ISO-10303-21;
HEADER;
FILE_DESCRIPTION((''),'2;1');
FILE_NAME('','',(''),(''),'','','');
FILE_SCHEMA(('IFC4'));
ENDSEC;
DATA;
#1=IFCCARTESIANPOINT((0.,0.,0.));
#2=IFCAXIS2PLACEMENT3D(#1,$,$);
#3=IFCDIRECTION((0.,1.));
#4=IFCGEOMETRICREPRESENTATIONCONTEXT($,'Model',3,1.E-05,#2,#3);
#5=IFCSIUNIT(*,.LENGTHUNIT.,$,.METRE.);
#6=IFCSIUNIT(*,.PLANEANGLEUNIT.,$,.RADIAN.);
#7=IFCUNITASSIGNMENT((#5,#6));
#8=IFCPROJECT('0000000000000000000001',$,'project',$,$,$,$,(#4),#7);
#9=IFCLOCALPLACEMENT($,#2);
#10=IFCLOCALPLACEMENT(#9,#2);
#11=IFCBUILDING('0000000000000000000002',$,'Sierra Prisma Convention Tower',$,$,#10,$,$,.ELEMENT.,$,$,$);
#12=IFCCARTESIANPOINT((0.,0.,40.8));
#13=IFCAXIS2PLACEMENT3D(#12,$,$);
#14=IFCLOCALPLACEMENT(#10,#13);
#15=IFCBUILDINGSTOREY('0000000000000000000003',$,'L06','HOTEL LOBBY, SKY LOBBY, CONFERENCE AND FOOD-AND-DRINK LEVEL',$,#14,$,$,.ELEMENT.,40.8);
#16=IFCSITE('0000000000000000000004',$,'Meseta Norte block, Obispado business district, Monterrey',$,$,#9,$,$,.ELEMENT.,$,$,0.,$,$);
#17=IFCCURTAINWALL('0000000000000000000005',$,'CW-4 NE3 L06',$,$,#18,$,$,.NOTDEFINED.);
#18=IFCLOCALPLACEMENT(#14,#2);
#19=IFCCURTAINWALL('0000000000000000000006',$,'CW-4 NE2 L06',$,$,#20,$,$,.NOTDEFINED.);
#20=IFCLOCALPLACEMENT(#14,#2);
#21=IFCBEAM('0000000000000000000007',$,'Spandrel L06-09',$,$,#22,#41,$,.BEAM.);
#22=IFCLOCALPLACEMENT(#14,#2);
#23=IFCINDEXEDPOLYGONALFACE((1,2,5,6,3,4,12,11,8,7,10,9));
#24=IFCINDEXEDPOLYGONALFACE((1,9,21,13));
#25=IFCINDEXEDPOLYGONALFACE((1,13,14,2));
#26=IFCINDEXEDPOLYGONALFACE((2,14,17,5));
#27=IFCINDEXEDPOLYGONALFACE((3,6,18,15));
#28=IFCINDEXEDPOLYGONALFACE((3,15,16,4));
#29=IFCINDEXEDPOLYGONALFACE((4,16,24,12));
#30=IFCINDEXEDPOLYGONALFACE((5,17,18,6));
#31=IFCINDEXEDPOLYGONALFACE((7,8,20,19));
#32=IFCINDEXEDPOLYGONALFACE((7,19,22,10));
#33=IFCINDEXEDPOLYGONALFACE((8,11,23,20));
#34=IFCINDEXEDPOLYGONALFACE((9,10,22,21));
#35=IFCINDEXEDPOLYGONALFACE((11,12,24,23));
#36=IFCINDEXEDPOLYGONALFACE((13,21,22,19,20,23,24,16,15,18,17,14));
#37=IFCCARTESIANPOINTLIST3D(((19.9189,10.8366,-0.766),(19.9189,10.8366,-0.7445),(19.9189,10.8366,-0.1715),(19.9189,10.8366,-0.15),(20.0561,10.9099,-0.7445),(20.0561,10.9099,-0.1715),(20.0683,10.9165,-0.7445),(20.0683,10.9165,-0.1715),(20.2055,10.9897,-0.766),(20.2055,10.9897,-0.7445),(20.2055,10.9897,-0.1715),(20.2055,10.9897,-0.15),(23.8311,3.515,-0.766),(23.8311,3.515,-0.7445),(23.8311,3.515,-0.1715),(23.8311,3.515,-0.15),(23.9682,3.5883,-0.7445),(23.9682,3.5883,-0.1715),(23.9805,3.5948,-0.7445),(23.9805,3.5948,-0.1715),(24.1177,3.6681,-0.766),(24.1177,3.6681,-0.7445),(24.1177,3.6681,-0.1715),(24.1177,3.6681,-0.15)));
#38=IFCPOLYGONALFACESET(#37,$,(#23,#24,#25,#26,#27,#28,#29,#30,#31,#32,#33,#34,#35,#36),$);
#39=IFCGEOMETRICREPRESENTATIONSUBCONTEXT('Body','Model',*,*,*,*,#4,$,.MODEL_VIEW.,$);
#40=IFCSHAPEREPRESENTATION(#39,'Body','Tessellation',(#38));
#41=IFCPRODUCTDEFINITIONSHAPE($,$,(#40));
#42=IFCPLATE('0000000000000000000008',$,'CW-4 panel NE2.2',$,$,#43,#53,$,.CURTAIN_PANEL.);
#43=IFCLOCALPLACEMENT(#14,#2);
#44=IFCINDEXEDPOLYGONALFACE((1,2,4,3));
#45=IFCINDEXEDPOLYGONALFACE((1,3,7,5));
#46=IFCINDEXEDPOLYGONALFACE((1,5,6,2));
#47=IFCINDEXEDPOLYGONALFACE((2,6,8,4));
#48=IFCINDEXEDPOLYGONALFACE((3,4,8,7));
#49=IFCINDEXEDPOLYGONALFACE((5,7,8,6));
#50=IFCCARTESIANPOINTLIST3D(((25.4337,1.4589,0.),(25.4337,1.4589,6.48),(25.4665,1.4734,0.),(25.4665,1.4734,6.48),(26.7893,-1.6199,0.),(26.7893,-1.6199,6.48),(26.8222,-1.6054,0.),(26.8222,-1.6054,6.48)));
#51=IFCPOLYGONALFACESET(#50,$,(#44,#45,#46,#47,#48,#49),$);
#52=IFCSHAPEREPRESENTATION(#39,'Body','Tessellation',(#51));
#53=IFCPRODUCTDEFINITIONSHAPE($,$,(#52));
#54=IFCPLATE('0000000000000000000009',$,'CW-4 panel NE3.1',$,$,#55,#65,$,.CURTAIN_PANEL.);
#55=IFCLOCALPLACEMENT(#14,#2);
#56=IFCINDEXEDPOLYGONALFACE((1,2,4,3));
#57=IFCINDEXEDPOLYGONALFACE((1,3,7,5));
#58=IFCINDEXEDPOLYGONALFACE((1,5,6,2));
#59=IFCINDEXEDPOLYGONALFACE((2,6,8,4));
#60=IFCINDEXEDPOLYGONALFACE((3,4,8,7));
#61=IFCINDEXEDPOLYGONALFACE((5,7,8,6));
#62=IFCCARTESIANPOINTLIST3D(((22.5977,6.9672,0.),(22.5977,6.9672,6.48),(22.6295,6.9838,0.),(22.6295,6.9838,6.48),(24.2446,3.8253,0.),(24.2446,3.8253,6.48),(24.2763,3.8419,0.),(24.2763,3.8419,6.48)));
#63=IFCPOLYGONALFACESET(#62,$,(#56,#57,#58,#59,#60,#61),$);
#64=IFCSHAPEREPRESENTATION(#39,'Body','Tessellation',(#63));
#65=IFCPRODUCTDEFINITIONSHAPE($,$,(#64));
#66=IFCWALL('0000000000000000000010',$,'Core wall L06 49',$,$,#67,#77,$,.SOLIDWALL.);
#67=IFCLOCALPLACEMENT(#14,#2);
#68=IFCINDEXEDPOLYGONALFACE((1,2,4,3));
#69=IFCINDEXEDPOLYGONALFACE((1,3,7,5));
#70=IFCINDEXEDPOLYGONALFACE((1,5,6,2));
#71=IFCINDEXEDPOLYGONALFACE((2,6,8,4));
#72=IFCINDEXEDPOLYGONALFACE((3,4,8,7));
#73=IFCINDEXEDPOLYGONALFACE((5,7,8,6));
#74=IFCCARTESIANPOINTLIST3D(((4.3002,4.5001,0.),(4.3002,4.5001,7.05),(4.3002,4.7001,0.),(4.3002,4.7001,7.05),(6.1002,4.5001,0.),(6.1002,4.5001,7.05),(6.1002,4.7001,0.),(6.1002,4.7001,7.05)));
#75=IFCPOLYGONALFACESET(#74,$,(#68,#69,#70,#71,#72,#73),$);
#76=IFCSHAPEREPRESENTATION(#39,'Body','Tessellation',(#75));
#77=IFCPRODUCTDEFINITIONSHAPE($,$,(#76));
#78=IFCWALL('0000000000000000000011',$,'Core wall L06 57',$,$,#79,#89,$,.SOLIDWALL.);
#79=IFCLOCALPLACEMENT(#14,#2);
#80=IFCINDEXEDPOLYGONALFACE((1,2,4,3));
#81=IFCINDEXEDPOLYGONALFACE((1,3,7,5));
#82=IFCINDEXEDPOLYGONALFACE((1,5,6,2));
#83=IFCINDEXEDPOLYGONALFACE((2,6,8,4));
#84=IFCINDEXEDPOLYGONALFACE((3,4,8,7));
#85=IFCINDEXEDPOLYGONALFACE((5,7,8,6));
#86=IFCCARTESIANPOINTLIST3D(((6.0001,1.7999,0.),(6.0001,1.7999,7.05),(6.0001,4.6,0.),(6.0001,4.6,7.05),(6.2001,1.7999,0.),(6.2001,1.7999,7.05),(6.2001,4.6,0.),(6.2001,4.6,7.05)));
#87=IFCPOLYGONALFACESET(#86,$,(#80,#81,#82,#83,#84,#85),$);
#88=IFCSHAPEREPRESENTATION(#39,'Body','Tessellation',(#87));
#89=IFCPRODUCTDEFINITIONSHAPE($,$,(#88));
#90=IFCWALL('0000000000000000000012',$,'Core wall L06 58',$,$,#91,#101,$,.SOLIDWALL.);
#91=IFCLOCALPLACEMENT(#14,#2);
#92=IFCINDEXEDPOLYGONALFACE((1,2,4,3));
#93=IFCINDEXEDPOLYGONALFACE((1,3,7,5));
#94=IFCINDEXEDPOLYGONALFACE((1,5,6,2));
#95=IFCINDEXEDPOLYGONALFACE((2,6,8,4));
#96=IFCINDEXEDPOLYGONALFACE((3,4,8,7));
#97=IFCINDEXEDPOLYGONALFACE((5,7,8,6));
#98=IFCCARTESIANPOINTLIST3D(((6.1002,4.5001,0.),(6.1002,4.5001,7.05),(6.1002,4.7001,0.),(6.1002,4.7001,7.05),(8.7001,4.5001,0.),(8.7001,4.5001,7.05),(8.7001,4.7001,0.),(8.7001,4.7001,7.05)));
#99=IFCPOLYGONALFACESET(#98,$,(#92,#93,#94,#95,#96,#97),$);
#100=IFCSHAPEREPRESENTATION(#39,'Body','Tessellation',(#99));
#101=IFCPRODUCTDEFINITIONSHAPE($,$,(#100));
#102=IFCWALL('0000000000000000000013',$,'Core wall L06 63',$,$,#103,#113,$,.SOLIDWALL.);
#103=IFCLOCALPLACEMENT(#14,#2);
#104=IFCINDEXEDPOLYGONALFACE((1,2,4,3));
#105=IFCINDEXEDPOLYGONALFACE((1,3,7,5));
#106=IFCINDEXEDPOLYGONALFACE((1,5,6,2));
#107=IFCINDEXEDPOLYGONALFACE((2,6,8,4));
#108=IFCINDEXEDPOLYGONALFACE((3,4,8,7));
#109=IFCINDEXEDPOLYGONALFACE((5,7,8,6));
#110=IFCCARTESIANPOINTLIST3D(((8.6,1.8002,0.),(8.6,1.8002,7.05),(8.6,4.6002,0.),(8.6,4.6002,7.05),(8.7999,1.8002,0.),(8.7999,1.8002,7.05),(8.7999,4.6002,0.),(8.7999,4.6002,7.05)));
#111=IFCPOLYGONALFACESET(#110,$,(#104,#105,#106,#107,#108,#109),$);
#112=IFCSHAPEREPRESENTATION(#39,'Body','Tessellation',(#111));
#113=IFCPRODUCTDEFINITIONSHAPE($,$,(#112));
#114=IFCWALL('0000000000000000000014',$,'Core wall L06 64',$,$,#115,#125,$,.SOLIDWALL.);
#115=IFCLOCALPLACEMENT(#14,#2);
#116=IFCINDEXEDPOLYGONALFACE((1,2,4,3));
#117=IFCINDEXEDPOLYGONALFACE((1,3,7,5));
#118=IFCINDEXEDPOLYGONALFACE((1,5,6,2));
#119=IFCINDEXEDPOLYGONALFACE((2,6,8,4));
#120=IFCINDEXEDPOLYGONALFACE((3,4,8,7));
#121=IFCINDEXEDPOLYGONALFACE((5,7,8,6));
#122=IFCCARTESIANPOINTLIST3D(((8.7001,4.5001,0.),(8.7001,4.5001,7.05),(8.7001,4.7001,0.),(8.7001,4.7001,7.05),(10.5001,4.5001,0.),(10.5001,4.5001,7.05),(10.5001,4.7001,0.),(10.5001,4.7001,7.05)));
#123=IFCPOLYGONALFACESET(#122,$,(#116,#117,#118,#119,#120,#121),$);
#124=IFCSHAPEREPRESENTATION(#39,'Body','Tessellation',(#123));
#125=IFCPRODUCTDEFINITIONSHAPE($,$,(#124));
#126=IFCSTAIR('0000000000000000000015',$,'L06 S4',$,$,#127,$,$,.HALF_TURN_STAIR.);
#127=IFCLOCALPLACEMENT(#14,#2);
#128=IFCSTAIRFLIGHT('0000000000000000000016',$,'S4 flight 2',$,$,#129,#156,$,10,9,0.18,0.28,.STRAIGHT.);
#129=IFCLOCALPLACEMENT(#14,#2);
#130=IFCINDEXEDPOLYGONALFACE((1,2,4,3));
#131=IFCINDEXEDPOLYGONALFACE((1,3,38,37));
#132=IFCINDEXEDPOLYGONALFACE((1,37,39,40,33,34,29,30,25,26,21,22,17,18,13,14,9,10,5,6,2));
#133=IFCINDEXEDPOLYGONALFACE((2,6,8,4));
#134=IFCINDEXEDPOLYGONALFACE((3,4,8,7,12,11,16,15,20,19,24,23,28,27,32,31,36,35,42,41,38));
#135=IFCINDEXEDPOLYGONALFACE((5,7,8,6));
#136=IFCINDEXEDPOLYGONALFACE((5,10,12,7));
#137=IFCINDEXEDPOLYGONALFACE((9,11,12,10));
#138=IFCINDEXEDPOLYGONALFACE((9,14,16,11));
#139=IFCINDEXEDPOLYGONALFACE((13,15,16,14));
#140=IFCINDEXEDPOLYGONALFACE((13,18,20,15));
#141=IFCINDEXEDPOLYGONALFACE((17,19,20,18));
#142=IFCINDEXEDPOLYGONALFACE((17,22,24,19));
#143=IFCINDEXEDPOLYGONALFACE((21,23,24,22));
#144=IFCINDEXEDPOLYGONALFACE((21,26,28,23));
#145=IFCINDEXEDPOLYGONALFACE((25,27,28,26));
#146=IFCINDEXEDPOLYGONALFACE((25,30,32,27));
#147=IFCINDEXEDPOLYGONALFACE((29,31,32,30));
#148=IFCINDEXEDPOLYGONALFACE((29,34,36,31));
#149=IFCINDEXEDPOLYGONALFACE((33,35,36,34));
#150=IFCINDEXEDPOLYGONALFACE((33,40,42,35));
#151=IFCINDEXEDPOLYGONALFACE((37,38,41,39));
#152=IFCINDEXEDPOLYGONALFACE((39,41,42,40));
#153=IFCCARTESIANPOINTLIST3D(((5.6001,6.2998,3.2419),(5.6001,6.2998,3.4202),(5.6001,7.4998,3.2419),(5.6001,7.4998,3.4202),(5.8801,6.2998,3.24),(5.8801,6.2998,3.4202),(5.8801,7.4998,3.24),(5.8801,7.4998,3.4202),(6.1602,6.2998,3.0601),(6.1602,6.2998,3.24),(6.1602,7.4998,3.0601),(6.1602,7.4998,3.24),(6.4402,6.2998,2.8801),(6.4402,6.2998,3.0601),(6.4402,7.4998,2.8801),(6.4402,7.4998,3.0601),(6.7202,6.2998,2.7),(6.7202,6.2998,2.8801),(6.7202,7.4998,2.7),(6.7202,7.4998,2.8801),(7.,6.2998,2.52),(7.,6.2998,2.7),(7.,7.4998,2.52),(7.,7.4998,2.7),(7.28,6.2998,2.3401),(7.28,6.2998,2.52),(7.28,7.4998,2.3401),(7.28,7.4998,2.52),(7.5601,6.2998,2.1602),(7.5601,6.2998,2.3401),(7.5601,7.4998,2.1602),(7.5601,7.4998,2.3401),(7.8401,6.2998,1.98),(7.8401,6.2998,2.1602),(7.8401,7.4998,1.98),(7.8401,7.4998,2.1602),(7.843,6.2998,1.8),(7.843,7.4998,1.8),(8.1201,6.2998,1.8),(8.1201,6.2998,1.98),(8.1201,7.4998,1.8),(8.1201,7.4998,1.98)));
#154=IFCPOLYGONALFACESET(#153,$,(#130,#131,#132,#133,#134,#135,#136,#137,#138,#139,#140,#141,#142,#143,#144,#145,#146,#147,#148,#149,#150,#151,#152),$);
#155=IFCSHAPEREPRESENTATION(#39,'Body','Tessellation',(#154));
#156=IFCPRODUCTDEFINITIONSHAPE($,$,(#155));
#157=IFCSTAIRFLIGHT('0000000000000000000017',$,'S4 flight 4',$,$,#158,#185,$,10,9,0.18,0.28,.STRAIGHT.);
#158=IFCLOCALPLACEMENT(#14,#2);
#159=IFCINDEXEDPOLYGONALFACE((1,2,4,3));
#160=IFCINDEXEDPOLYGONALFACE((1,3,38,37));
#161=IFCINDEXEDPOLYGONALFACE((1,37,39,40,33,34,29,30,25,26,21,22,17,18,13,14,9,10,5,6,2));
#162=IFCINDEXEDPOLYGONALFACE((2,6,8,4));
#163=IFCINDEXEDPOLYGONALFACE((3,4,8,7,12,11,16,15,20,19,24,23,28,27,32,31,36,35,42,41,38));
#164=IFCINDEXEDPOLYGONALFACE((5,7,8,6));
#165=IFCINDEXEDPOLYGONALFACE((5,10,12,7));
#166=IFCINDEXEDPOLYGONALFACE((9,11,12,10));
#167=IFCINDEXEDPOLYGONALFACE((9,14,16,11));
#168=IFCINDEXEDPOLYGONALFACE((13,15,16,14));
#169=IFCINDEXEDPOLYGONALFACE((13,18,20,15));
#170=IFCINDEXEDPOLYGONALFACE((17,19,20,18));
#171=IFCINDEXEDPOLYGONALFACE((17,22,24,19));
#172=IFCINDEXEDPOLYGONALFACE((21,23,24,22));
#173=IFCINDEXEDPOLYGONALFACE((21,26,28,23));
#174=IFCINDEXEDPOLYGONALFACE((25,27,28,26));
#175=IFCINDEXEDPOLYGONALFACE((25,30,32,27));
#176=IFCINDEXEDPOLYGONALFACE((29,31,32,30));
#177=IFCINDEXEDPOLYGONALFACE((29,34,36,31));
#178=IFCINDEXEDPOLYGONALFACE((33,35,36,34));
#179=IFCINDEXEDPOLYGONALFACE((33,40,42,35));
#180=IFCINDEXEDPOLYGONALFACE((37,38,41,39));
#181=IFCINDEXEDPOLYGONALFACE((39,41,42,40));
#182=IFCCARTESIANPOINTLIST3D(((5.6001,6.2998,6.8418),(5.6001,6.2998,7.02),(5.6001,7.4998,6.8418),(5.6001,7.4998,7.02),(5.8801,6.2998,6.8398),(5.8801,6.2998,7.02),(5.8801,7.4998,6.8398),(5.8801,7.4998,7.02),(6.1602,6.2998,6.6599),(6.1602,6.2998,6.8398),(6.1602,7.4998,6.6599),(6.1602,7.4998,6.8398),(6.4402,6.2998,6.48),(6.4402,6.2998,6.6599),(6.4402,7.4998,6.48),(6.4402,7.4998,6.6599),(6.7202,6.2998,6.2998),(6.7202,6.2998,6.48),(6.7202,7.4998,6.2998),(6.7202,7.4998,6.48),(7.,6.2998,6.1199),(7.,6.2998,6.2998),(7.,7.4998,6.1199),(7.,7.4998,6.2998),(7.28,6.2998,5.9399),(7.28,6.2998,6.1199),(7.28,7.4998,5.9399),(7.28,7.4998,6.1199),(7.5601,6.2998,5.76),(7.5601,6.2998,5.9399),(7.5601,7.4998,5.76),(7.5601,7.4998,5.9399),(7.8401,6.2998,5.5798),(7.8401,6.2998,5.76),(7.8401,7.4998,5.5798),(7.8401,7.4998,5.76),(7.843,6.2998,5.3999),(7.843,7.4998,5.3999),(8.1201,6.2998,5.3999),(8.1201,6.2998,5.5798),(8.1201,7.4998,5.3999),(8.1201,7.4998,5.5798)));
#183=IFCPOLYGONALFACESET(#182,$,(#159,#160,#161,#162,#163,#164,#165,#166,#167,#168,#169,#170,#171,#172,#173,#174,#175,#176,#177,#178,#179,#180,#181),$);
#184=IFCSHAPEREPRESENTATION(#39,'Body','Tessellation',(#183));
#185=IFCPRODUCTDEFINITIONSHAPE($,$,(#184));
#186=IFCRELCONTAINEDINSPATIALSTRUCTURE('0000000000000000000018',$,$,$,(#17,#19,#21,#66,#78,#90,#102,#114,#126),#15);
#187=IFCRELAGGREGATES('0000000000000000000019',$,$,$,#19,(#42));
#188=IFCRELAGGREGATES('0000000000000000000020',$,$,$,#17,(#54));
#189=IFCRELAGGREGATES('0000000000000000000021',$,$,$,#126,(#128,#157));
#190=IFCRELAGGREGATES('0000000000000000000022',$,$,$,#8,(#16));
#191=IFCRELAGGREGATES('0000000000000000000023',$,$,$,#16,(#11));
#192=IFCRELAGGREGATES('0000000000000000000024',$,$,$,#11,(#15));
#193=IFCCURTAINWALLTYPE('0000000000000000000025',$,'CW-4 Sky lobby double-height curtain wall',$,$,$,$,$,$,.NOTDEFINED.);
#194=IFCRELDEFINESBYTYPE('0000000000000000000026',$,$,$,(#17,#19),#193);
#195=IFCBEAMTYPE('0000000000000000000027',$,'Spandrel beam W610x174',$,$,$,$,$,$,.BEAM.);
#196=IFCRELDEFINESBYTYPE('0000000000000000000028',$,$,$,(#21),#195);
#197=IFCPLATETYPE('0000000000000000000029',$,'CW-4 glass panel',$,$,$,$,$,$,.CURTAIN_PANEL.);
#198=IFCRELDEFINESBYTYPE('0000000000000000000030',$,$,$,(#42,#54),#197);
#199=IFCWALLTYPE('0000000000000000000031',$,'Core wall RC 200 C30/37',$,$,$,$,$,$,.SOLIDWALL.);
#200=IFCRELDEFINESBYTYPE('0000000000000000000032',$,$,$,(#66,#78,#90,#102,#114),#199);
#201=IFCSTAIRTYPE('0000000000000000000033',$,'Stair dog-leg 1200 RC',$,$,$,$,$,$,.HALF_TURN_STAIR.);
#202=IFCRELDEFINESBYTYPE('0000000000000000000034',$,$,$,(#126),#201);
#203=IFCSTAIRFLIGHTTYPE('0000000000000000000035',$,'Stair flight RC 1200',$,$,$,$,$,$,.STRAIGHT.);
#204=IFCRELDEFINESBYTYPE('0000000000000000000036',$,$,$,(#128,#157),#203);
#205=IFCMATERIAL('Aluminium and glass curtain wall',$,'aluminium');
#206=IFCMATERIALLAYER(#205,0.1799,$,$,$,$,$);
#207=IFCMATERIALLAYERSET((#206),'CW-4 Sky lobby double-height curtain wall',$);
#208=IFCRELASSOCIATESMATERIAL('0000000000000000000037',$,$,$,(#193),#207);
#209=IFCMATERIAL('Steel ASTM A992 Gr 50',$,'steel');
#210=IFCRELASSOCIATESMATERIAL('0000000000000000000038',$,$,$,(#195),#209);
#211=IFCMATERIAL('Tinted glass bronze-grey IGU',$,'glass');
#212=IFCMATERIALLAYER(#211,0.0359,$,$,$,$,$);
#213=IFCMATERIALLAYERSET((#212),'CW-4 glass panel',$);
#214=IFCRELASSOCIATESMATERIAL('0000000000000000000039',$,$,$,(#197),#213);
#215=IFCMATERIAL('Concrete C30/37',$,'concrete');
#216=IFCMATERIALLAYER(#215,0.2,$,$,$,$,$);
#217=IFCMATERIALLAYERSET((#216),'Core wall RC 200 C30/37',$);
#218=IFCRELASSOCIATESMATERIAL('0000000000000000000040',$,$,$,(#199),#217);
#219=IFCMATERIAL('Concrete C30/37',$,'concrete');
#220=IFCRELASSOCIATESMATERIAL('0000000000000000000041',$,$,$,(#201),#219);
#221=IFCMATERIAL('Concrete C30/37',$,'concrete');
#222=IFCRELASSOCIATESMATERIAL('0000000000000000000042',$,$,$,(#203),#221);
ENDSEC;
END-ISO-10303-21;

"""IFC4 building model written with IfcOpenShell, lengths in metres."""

from ifc_helpers import new_model, si_unit, direction, frame, frame_2d, origin, origin_2d, place, context, subcontext, project, spatial, polyline, rectangle, i_section, outline, extrude, material, layer, layer_set, material_profile, profile_set, type_object, element, aggregate, save


model = new_model("IFC4")

# Units and contexts
model_context = context("Model", 3, precision=1e-05, world=origin(), true_north=direction((0.0, 1.0)))
body_context = subcontext(model_context, "Body", "Model", "MODEL_VIEW")
ifc_project = project(units=[si_unit("LENGTHUNIT", "METRE"), si_unit("PLANEANGLEUNIT", "RADIAN")], contexts=[model_context])

# Site, building, storey
site_placement = place(None, origin())
site = spatial("IfcSite", under=ifc_project, at=site_placement, Name="Meseta Norte block, Obispado business district, Monterrey", CompositionType="ELEMENT", RefElevation=0.0)
building_placement = place(site_placement, origin())
building = spatial("IfcBuilding", under=site, at=building_placement, Name="Sierra Prisma Convention Tower", CompositionType="ELEMENT")
storey_placement = place(building_placement, frame((0.0, 0.0, 40.8)))
storey = spatial("IfcBuildingStorey", under=building, at=storey_placement, Name="L06", Description="HOTEL LOBBY, SKY LOBBY, CONFERENCE AND FOOD-AND-DRINK LEVEL", CompositionType="ELEMENT", Elevation=40.8)

# Curtain walls
ifc_material_1 = material(Name="Aluminium and glass curtain wall", Category="aluminium")
ifc_layer_1 = layer(ifc_material_1, 0.1799)
ifc_layer_set_1 = layer_set([ifc_layer_1], Name="CW-4 Sky lobby double-height curtain wall")
curtain_wall_type = type_object("IfcCurtainWallType", Name="CW-4 Sky lobby double-height curtain wall", PredefinedType="NOTDEFINED", material=ifc_layer_set_1)
curtain_wall_1_placement = place(storey_placement, origin())
curtain_wall_1 = element("IfcCurtainWall", 1, at=curtain_wall_1_placement, inside=storey, type_object=curtain_wall_type, Name="CW-4 NE3 L06", PredefinedType="NOTDEFINED")
curtain_wall_2_placement = place(storey_placement, origin())
curtain_wall_2 = element("IfcCurtainWall", 2, at=curtain_wall_2_placement, inside=storey, type_object=curtain_wall_type, Name="CW-4 NE2 L06", PredefinedType="NOTDEFINED")

# Beam
ifc_material_2 = material(Name="Steel ASTM A992 Gr 50", Category="steel")
ifc_material_profile_1 = material_profile(ifc_material_2, i_section(OverallWidth=0.325, OverallDepth=0.616, WebThickness=0.0139, FlangeThickness=0.0215, at=origin_2d()), Name="W610x174")
ifc_profile_set_1 = profile_set([ifc_material_profile_1], Name="Steel ASTM A992 Gr 50")
beam_type_1 = type_object("IfcBeamType", Name="Spandrel beam W610x174", PredefinedType="BEAM", material=ifc_profile_set_1)
beam_1_placement = place(storey_placement, frame((23.9744, 3.5916, -0.458), z_axis=(-0.471272, 0.881988, 0.0), x_axis=(-0.881988, -0.471272, 0.0)))
element("IfcBeam", 3, at=beam_1_placement, inside=storey, type_object=beam_type_1, Name="Spandrel L06-09", PredefinedType="BEAM", context=body_context, shape_type="SweptSolid", body=[
    extrude(i_section(OverallWidth=0.325, OverallDepth=0.616, WebThickness=0.0139, FlangeThickness=0.0215, at=origin_2d()), origin(), (0.0, 0.0, 1.0), 8.3013),
])

# Plates
ifc_material_3 = material(Name="Tinted glass bronze-grey IGU", Category="glass")
ifc_layer_2 = layer(ifc_material_3, 0.0359)
ifc_layer_set_2 = layer_set([ifc_layer_2], Name="CW-4 glass panel")
plate_type = type_object("IfcPlateType", Name="CW-4 glass panel", PredefinedType="CURTAIN_PANEL", material=ifc_layer_set_2)
plate_1_placement = place(storey_placement, frame((26.1279, -0.0732, 0.0), z_axis=(0.0, 0.0, 1.0), x_axis=(-0.402984, 0.915207, 0.0)))
plate_1 = element("IfcPlate", 4, at=plate_1_placement, type_object=plate_type, Name="CW-4 panel NE2.2", PredefinedType="CURTAIN_PANEL", context=body_context, shape_type="SweptSolid", body=[
    extrude(rectangle(XDim=3.364, YDim=0.0359, at=origin_2d()), origin(), (0.0, 0.0, 1.0), 6.48),
])
aggregate(curtain_wall_2, [plate_1])
plate_2_placement = place(storey_placement, frame((23.437, 5.4045, 0.0), z_axis=(0.0, 0.0, 1.0), x_axis=(-0.464251, 0.885704, 0.0)))
plate_2 = element("IfcPlate", 5, at=plate_2_placement, type_object=plate_type, Name="CW-4 panel NE3.1", PredefinedType="CURTAIN_PANEL", context=body_context, shape_type="SweptSolid", body=[
    extrude(rectangle(XDim=3.5474, YDim=0.0359, at=origin_2d()), origin(), (0.0, 0.0, 1.0), 6.48),
])
aggregate(curtain_wall_1, [plate_2])

# Wall
ifc_material_4 = material(Name="Concrete C30/37", Category="concrete")
ifc_layer_3 = layer(ifc_material_4, 0.2)
ifc_layer_set_3 = layer_set([ifc_layer_3], Name="Core wall RC 200 C30/37")
wall_type = type_object("IfcWallType", Name="Core wall RC 200 C30/37", PredefinedType="SOLIDWALL", material=ifc_layer_set_3)
wall_1_placement = place(storey_placement, frame((6.1001, 4.6001, 0.0), z_axis=(0.0, 0.0, 1.0), x_axis=(-1.0, 0.0, 0.0)))
element("IfcWall", 6, at=wall_1_placement, inside=storey, type_object=wall_type, Name="Core wall L06 49", PredefinedType="SOLIDWALL", context=body_context, shape_type="SweptSolid", body=[
    extrude(rectangle(XDim=1.8, YDim=0.2, at=frame_2d((0.8999, 0.0))), origin(), (0.0, 0.0, 1.0), 7.05),
])

# Walls
wall_2_placement = place(storey_placement, frame((6.1001, 1.8, 0.0), z_axis=(0.0, 0.0, 1.0), x_axis=(0.0, 1.0, 0.0)))
element("IfcWall", 7, at=wall_2_placement, inside=storey, type_object=wall_type, Name="Core wall L06 57", PredefinedType="SOLIDWALL", context=body_context, shape_type="SweptSolid", body=[
    extrude(rectangle(XDim=2.8, YDim=0.2, at=frame_2d((1.3999, 0.0))), origin(), (0.0, 0.0, 1.0), 7.05),
])
wall_3_placement = place(storey_placement, frame((8.7, 4.6001, 0.0), z_axis=(0.0, 0.0, 1.0), x_axis=(-1.0, 0.0, 0.0)))
element("IfcWall", 8, at=wall_3_placement, inside=storey, type_object=wall_type, Name="Core wall L06 58", PredefinedType="SOLIDWALL", context=body_context, shape_type="SweptSolid", body=[
    extrude(rectangle(XDim=2.5999, YDim=0.2, at=frame_2d((1.2998, 0.0))), origin(), (0.0, 0.0, 1.0), 7.05),
])

# Walls
wall_4_placement = place(storey_placement, frame((8.7, 4.6001, 0.0), z_axis=(0.0, 0.0, 1.0), x_axis=(0.0, -1.0, 0.0)))
element("IfcWall", 9, at=wall_4_placement, inside=storey, type_object=wall_type, Name="Core wall L06 63", PredefinedType="SOLIDWALL", context=body_context, shape_type="SweptSolid", body=[
    extrude(rectangle(XDim=2.8, YDim=0.2, at=frame_2d((1.3999, 0.0))), origin(), (0.0, 0.0, 1.0), 7.05),
])
wall_5_placement = place(storey_placement, frame((10.5, 4.6001, 0.0), z_axis=(0.0, 0.0, 1.0), x_axis=(-1.0, 0.0, 0.0)))
element("IfcWall", 10, at=wall_5_placement, inside=storey, type_object=wall_type, Name="Core wall L06 64", PredefinedType="SOLIDWALL", context=body_context, shape_type="SweptSolid", body=[
    extrude(rectangle(XDim=1.8, YDim=0.2, at=frame_2d((0.8999, 0.0))), origin(), (0.0, 0.0, 1.0), 7.05),
])

# Stair, stair flights
ifc_material_5 = material(Name="Concrete C30/37", Category="concrete")
stair_type = type_object("IfcStairType", Name="Stair dog-leg 1200 RC", PredefinedType="HALF_TURN_STAIR", material=ifc_material_5)
stair_placement = place(storey_placement, origin())
stair = element("IfcStair", 11, at=stair_placement, inside=storey, type_object=stair_type, Name="L06 S4", PredefinedType="HALF_TURN_STAIR")
ifc_material_6 = material(Name="Concrete C30/37", Category="concrete")
stair_flight_type = type_object("IfcStairFlightType", Name="Stair flight RC 1200", PredefinedType="STRAIGHT", material=ifc_material_6)
stair_flight_1_placement = place(storey_placement, frame((8.1201, 6.8999, 1.8), z_axis=(0.0, 0.0, 1.0), x_axis=(-1.0, 0.0, 0.0)))
stair_flight_1 = element("IfcStairFlight", 12, at=stair_flight_1_placement, type_object=stair_flight_type, Name="S4 flight 2", NumberOfRisers=10, NumberOfTreads=9, PredefinedType="STRAIGHT", RiserHeight=0.18, TreadLength=0.28, context=body_context, shape_type="SweptSolid", body=[
    extrude(outline(polyline([(0.0, 0.0), (0.0, 0.1799), (0.28, 0.1799), (0.28, 0.3601), (0.5601, 0.3601), (0.5601, 0.54), (0.8401, 0.54), (0.8401, 0.72), (1.1201, 0.72), (1.1201, 0.8999), (1.3999, 0.8999), (1.3999, 1.0801), (1.6799, 1.0801), (1.6799, 1.26), (1.96, 1.26), (1.96, 1.4399), (2.24, 1.4399), (2.24, 1.6201), (2.52, 1.6201), (2.52, 1.8), (2.52, 1.4419), (0.2771, 0.0), (0.0, 0.0)])), frame((0.0, 0.6001, 0.0), z_axis=(0.0, -1.0, 0.0), x_axis=(1.0, 0.0, 0.0)), (0.0, 0.0, 1.0), 1.2),
])
stair_flight_2_placement = place(storey_placement, frame((8.1201, 6.8999, 5.3999), z_axis=(0.0, 0.0, 1.0), x_axis=(-1.0, 0.0, 0.0)))
stair_flight_2 = element("IfcStairFlight", 13, at=stair_flight_2_placement, type_object=stair_flight_type, Name="S4 flight 4", NumberOfRisers=10, NumberOfTreads=9, PredefinedType="STRAIGHT", RiserHeight=0.18, TreadLength=0.28, context=body_context, shape_type="SweptSolid", body=[
    extrude(outline(polyline([(0.0, 0.0), (0.0, 0.1799), (0.28, 0.1799), (0.28, 0.3601), (0.5601, 0.3601), (0.5601, 0.54), (0.8401, 0.54), (0.8401, 0.72), (1.1201, 0.72), (1.1201, 0.8999), (1.3999, 0.8999), (1.3999, 1.0801), (1.6799, 1.0801), (1.6799, 1.26), (1.96, 1.26), (1.96, 1.4399), (2.24, 1.4399), (2.24, 1.6201), (2.52, 1.6201), (2.52, 1.8), (2.52, 1.4419), (0.2771, 0.0), (0.0, 0.0)])), frame((0.0, 0.6001, 0.0), z_axis=(0.0, -1.0, 0.0), x_axis=(1.0, 0.0, 0.0)), (0.0, 0.0, 1.0), 1.2),
])
aggregate(stair, [stair_flight_1, stair_flight_2])

save(model, "model.ifc")
